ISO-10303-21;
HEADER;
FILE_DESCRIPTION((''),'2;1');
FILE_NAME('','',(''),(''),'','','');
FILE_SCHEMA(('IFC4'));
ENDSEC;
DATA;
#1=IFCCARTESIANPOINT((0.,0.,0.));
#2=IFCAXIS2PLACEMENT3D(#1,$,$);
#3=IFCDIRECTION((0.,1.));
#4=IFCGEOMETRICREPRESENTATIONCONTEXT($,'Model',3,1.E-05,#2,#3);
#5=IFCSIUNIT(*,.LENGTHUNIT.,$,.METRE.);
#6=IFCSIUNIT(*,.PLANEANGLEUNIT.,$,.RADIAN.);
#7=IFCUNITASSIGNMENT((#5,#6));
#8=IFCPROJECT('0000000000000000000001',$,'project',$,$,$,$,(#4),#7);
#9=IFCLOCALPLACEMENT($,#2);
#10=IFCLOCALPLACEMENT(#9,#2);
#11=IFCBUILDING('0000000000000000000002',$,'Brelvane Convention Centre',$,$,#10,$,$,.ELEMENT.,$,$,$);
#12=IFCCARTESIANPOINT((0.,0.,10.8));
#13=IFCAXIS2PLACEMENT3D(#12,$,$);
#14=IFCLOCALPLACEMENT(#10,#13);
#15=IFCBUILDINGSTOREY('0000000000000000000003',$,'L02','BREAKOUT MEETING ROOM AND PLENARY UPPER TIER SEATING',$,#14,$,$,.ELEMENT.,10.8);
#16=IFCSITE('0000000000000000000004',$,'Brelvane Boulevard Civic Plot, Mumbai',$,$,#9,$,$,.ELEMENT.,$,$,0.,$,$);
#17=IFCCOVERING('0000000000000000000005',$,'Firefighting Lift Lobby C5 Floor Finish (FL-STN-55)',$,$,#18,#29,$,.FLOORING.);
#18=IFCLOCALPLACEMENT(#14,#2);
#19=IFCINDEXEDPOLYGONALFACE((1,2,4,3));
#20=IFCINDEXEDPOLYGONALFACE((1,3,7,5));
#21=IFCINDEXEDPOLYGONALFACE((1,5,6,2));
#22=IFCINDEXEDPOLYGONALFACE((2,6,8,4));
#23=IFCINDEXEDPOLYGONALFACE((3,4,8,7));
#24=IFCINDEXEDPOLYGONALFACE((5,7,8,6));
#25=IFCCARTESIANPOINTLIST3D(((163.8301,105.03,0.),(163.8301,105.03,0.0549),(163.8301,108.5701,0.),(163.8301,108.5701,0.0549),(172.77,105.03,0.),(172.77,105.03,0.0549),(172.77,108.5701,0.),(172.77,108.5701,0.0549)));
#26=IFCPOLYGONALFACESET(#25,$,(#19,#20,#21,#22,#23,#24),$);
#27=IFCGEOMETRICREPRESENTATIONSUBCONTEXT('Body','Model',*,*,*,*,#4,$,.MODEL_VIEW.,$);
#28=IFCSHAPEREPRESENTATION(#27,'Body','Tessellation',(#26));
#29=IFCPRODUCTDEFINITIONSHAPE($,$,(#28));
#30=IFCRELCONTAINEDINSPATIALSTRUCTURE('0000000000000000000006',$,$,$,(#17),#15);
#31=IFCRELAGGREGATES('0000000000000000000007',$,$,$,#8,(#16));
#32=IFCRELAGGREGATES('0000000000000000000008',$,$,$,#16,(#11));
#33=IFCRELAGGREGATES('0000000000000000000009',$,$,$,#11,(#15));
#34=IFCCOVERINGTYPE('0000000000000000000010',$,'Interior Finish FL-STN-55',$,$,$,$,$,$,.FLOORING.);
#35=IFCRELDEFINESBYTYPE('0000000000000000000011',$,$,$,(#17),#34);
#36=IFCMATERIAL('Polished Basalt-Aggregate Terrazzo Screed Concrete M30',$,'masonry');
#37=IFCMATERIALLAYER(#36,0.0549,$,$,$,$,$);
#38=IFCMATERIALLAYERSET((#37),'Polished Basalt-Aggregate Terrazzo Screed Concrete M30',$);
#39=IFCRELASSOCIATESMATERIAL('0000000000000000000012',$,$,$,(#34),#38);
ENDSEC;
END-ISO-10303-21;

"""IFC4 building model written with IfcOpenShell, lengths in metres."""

from ifc_helpers import new_model, si_unit, direction, frame, origin, place, context, subcontext, project, spatial, polyline, outline, extrude, material, layer, layer_set, type_object, element, save


model = new_model("IFC4")

# Units and contexts
model_context = context("Model", 3, precision=1e-05, world=origin(), true_north=direction((0.0, 1.0)))
body_context = subcontext(model_context, "Body", "Model", "MODEL_VIEW")
ifc_project = project(units=[si_unit("LENGTHUNIT", "METRE"), si_unit("PLANEANGLEUNIT", "RADIAN")], contexts=[model_context])

# Site, building, storey
site_placement = place(None, origin())
site = spatial("IfcSite", under=ifc_project, at=site_placement, Name="Brelvane Boulevard Civic Plot, Mumbai", CompositionType="ELEMENT", RefElevation=0.0)
building_placement = place(site_placement, origin())
building = spatial("IfcBuilding", under=site, at=building_placement, Name="Brelvane Convention Centre", CompositionType="ELEMENT")
storey_placement = place(building_placement, frame((0.0, 0.0, 10.8)))
storey = spatial("IfcBuildingStorey", under=building, at=storey_placement, Name="L02", Description="BREAKOUT MEETING ROOM AND PLENARY UPPER TIER SEATING", CompositionType="ELEMENT", Elevation=10.8)

# Covering
ifc_material_1 = material(Name="Polished Basalt-Aggregate Terrazzo Screed Concrete M30", Category="masonry")
ifc_layer_1 = layer(ifc_material_1, 0.0549)
ifc_layer_set_1 = layer_set([ifc_layer_1], Name="Polished Basalt-Aggregate Terrazzo Screed Concrete M30")
covering_type_1 = type_object("IfcCoveringType", Name="Interior Finish FL-STN-55", PredefinedType="FLOORING", material=ifc_layer_set_1)
covering_1_placement = place(storey_placement, origin())
element("IfcCovering", 1, at=covering_1_placement, inside=storey, type_object=covering_type_1, Name="Firefighting Lift Lobby C5 Floor Finish (FL-STN-55)", PredefinedType="FLOORING", context=body_context, shape_type="SweptSolid", body=[
    extrude(outline(polyline([(163.8301, 105.03), (172.77, 105.03), (172.77, 108.5701), (163.8301, 108.5701), (163.8301, 105.03)])), origin(), (0.0, 0.0, 1.0), 0.0549),
])

save(model, "model.ifc")
